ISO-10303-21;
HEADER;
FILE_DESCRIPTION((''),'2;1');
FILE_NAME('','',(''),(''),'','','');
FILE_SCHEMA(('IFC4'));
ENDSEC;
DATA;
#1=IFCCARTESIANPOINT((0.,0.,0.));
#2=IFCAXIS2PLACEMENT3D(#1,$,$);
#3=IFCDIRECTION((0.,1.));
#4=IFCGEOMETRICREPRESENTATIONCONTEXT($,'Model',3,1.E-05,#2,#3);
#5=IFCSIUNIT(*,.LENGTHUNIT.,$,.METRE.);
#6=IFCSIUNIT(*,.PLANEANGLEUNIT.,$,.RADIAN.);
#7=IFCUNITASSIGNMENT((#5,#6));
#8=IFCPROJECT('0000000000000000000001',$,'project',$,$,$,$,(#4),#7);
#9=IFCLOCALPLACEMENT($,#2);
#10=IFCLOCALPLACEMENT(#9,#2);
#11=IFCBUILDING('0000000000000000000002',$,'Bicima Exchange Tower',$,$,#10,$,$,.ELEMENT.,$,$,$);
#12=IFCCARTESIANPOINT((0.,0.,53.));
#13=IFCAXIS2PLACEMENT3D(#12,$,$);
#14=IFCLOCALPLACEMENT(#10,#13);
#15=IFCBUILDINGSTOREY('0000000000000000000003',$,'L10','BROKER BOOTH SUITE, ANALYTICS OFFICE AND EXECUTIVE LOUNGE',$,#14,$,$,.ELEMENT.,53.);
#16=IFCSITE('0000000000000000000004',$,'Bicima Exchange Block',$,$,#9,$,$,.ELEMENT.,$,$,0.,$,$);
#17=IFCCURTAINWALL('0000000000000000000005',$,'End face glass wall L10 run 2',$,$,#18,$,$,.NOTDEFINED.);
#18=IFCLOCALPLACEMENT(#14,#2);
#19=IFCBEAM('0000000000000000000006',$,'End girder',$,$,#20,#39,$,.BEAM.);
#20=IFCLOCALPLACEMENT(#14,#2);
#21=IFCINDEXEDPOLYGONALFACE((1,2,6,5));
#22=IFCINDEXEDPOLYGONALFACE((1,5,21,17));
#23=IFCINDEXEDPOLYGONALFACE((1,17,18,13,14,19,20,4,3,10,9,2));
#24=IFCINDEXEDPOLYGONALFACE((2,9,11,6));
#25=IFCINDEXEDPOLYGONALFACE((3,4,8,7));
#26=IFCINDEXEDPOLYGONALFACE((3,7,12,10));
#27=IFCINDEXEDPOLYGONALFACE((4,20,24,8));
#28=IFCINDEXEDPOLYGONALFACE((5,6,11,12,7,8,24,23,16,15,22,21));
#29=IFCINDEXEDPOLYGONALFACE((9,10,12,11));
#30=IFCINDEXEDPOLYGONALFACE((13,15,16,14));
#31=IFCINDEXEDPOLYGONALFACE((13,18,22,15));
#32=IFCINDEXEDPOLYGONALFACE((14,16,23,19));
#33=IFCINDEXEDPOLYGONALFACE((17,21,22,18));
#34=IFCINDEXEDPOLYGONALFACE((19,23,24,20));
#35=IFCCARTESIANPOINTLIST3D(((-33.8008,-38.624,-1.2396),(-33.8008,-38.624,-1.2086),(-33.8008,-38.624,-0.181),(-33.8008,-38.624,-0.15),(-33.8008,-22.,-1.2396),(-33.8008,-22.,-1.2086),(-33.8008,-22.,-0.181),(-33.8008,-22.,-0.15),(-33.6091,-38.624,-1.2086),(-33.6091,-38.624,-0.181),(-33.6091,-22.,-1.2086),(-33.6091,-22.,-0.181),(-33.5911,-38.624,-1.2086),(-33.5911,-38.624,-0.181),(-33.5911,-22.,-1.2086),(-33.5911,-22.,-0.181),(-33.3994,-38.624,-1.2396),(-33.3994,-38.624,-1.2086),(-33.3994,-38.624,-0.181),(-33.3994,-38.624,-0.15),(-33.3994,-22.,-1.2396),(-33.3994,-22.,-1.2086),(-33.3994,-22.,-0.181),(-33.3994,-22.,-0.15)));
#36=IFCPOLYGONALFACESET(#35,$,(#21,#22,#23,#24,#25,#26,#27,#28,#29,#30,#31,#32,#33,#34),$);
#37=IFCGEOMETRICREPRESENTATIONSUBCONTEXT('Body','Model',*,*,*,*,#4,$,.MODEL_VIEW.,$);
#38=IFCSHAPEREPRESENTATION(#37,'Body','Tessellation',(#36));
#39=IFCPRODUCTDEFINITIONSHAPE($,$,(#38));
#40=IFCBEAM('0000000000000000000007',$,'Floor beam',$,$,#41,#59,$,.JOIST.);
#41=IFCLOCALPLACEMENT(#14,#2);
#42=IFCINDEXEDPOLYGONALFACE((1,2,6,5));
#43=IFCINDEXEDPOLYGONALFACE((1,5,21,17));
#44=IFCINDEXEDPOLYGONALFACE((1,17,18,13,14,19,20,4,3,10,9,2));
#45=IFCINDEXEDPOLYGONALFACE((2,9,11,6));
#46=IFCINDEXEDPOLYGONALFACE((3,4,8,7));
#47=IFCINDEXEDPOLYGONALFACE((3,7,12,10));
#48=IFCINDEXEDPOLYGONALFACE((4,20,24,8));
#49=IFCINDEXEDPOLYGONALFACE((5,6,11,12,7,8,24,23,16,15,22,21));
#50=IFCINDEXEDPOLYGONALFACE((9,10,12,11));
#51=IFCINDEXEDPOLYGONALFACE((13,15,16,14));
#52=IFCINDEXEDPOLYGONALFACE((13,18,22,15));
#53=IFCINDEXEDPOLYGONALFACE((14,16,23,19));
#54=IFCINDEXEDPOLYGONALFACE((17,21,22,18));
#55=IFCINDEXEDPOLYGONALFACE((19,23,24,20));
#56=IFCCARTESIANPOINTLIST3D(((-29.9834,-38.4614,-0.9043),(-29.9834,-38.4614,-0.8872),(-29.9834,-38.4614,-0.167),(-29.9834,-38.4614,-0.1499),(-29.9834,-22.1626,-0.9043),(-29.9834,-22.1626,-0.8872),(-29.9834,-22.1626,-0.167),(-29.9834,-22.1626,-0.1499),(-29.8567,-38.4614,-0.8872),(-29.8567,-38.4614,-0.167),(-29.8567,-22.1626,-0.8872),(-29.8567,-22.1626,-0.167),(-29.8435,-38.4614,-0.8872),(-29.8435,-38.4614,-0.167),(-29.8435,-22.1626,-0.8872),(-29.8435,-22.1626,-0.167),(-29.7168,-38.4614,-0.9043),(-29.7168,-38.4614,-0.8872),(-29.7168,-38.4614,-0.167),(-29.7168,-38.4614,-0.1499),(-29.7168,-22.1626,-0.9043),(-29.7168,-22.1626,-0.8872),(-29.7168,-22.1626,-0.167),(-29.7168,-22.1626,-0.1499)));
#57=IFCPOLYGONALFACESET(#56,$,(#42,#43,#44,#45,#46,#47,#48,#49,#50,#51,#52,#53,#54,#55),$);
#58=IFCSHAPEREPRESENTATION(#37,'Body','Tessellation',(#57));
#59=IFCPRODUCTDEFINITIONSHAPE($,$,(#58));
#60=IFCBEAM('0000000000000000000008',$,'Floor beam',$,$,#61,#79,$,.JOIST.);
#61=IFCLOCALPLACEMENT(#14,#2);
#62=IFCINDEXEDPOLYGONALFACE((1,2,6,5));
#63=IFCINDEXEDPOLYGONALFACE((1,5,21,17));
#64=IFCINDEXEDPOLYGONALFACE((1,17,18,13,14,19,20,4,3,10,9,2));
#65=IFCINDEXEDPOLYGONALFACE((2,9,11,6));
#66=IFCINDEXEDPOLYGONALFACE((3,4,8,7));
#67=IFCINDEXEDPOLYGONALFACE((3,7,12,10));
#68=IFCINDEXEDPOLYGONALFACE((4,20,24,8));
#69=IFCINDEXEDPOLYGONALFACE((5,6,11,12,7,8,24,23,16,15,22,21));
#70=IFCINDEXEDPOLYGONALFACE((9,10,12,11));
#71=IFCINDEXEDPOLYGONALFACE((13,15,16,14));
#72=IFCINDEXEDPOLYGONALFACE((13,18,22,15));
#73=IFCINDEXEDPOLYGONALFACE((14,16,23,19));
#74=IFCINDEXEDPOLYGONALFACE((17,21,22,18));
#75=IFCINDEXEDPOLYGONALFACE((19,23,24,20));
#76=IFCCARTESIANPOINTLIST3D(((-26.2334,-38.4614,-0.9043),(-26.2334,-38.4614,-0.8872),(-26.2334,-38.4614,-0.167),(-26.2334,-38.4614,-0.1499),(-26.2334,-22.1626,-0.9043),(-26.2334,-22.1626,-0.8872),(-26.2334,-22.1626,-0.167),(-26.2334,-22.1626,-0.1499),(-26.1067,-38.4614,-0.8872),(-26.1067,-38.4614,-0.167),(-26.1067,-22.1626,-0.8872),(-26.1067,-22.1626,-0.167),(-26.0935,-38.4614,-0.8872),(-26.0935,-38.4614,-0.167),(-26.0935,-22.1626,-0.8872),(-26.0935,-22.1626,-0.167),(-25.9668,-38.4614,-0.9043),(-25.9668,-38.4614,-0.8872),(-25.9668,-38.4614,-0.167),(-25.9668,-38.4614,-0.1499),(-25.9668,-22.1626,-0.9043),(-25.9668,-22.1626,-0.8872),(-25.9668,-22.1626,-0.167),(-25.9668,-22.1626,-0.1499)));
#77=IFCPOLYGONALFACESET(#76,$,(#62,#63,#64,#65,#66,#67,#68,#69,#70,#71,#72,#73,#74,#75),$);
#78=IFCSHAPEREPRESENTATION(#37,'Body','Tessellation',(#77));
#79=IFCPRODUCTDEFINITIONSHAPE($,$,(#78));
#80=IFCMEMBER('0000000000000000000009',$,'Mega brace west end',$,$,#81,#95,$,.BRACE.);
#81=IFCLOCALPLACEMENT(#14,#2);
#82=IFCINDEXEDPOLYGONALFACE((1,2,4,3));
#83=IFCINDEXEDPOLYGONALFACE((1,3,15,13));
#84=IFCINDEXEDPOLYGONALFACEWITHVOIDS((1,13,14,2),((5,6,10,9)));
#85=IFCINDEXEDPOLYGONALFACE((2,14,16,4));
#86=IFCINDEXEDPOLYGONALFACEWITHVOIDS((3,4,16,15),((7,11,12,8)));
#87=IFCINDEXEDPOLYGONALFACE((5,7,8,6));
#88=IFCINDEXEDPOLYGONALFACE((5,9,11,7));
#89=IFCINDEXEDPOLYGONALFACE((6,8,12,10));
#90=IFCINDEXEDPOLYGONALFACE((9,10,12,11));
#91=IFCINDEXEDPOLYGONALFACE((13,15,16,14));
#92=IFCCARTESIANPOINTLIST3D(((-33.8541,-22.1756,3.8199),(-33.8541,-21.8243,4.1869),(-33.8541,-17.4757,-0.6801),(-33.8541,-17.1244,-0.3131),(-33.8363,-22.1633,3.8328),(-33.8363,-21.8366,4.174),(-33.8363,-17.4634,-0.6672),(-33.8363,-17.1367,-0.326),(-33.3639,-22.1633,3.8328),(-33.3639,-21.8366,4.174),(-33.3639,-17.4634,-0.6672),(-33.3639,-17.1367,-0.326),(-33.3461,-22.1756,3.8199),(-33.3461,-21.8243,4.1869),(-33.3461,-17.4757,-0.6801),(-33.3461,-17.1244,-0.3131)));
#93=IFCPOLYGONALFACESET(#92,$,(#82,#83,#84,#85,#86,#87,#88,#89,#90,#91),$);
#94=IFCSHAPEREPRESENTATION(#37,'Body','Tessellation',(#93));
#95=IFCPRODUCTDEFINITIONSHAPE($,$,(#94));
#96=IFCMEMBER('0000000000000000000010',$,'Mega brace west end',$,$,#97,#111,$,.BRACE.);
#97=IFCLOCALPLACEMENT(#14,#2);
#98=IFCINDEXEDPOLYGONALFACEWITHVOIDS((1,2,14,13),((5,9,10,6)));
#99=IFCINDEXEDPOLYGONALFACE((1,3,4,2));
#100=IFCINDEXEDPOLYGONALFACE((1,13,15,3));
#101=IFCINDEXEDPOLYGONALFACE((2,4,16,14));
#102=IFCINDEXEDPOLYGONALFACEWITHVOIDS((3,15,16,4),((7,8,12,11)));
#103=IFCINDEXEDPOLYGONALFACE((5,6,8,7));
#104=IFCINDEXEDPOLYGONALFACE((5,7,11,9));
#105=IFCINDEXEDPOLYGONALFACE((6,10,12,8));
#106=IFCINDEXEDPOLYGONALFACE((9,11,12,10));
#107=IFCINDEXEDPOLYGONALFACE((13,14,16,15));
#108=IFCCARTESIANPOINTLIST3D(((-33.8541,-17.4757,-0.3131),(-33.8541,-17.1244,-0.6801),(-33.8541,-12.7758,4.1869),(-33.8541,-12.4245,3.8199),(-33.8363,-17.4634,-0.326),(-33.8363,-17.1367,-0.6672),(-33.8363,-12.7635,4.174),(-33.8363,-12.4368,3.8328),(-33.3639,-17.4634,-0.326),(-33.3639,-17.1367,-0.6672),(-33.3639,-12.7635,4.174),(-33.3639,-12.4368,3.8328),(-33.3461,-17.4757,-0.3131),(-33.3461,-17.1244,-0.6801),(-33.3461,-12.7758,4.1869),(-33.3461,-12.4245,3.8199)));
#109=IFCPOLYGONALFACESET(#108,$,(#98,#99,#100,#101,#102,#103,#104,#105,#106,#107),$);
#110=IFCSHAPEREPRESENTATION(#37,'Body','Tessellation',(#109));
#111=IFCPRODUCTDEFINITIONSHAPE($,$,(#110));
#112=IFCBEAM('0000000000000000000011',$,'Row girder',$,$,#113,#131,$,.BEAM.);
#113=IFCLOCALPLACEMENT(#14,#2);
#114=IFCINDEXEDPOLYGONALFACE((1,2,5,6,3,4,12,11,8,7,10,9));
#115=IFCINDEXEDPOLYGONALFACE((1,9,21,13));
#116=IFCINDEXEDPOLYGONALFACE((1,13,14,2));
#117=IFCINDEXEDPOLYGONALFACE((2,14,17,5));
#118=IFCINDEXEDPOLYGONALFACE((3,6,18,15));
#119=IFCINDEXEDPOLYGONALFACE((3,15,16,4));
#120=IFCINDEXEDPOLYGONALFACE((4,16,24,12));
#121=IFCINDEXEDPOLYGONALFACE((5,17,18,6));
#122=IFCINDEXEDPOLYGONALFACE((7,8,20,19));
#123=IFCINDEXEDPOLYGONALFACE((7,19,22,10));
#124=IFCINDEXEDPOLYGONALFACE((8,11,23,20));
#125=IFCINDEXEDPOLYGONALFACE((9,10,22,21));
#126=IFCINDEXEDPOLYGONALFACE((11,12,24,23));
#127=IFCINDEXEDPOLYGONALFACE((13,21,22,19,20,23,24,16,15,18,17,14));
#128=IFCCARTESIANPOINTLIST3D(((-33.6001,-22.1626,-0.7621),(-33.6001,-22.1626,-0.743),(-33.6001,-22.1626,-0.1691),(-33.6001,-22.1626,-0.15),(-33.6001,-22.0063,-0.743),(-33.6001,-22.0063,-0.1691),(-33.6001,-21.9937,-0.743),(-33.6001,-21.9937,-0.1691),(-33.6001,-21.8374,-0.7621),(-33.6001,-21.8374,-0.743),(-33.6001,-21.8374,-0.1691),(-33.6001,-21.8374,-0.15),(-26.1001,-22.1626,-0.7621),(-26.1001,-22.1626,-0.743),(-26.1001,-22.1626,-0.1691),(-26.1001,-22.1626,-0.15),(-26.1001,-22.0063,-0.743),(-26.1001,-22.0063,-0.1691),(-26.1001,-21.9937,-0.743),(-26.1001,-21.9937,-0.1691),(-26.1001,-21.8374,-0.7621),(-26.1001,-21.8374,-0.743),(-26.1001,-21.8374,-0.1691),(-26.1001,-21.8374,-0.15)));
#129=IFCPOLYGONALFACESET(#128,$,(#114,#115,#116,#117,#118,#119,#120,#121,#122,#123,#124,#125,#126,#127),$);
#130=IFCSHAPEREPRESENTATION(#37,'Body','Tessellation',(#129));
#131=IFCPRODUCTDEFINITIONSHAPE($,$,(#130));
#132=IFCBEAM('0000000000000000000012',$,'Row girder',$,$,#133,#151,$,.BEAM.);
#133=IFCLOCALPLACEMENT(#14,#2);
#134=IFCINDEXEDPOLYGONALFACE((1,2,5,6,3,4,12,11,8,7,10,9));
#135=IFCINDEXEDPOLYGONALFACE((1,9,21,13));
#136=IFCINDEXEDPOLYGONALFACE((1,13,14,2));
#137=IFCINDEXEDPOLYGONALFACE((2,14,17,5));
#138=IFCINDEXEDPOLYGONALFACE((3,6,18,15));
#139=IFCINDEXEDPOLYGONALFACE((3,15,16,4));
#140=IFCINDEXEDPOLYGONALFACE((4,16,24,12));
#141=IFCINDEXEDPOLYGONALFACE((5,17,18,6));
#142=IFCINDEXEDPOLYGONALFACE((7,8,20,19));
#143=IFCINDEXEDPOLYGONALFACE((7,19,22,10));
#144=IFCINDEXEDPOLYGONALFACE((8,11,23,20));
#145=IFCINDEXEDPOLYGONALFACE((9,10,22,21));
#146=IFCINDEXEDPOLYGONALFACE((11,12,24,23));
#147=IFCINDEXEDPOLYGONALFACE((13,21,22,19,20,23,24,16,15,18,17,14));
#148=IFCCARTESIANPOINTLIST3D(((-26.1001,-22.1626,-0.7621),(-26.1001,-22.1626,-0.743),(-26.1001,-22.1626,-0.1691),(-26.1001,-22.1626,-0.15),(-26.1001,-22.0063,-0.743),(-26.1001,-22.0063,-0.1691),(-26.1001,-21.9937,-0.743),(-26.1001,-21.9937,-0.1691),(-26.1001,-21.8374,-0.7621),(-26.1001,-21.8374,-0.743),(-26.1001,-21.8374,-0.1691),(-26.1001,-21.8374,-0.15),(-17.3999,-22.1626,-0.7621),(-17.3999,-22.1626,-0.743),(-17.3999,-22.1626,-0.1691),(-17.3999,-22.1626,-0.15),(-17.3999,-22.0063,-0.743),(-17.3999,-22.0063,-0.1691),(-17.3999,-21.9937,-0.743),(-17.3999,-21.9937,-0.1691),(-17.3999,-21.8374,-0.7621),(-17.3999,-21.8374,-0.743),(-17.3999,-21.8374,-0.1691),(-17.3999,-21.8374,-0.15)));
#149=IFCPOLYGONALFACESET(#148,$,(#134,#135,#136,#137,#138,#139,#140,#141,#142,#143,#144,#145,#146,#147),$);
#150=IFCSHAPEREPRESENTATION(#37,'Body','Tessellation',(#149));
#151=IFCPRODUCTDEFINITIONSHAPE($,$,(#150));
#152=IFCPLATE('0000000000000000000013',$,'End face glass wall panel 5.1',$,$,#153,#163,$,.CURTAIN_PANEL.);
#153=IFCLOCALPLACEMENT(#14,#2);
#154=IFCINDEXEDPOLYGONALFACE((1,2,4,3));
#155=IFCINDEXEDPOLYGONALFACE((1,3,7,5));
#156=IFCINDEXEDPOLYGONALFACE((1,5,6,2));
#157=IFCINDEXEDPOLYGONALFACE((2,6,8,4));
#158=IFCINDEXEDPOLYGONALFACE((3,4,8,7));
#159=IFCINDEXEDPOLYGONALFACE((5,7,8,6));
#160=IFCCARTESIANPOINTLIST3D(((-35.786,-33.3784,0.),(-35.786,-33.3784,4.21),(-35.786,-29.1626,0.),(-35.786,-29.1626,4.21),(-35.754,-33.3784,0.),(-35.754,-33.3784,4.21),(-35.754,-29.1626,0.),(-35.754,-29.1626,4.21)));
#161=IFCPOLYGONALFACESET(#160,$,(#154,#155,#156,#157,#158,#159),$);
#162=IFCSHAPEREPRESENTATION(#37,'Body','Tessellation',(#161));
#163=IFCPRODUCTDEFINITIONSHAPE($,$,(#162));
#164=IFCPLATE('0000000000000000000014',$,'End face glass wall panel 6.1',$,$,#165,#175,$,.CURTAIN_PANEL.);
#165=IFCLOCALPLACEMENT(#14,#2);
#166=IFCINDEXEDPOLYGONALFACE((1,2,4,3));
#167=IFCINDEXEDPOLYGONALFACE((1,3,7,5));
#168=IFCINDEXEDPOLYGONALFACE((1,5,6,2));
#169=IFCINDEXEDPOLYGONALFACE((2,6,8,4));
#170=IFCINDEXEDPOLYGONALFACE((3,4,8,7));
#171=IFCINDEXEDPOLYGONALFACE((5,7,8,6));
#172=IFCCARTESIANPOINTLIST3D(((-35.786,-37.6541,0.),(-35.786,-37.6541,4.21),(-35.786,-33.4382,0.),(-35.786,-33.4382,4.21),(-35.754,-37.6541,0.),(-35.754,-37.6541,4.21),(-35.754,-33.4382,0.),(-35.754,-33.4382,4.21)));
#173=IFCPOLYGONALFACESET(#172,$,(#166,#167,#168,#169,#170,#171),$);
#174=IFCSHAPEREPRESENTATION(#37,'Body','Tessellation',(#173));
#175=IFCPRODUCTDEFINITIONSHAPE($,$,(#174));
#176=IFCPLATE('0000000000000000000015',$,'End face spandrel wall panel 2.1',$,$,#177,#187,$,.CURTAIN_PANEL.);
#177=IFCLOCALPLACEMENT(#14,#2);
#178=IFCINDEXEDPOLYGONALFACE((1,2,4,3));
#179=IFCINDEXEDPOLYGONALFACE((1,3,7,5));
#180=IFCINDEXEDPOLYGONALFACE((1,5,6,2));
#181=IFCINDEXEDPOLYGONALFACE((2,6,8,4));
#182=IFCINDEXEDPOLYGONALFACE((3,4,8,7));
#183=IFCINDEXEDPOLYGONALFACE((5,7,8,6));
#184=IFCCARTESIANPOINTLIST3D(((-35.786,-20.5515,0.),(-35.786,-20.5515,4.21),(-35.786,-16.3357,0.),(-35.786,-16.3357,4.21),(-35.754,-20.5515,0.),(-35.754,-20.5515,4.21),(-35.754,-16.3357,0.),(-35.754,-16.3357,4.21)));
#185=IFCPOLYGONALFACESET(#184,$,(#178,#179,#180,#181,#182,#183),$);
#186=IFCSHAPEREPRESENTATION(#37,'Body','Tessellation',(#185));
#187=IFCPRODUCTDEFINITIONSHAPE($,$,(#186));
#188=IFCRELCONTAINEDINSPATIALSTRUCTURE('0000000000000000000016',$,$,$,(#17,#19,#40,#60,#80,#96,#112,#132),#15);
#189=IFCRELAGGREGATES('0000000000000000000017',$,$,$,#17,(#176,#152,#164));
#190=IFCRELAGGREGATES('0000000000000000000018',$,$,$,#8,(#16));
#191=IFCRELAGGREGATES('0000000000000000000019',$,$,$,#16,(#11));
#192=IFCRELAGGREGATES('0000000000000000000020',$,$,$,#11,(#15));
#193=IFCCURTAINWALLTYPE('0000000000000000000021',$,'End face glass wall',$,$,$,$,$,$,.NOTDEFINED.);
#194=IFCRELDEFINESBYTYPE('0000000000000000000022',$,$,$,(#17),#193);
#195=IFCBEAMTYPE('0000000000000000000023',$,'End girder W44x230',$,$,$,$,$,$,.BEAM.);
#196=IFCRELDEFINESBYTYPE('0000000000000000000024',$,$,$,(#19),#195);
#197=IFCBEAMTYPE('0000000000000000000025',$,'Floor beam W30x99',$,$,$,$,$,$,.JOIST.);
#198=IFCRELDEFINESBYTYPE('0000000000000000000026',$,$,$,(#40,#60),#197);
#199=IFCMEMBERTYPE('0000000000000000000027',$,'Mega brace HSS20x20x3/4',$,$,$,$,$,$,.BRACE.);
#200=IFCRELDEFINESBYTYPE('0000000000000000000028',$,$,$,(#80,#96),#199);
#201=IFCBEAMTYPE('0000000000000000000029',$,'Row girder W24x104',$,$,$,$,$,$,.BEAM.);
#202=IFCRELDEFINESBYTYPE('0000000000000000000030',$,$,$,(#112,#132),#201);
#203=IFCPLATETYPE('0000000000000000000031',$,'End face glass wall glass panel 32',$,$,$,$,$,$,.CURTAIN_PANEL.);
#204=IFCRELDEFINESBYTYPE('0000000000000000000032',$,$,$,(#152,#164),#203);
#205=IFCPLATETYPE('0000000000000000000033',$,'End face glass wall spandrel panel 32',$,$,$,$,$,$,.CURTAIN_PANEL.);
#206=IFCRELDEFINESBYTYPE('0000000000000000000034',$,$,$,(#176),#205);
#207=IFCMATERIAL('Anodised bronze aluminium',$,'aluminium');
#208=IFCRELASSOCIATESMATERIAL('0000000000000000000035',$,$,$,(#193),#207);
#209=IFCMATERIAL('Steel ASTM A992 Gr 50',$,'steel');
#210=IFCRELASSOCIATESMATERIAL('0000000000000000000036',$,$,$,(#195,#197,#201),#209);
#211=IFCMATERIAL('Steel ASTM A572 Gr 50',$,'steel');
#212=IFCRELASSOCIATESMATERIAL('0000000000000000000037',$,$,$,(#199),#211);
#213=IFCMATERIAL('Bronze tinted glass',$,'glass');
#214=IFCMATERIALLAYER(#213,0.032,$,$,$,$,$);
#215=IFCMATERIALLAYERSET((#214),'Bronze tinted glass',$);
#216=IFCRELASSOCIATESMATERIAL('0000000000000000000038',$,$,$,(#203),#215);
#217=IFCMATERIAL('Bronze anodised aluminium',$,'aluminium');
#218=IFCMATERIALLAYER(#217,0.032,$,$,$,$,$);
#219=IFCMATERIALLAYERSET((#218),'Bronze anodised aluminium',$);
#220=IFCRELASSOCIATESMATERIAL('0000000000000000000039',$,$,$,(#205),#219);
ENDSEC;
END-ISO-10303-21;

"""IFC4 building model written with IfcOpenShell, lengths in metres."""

from ifc_helpers import new_model, si_unit, direction, frame, origin, origin_2d, place, context, subcontext, project, spatial, rectangle, hollow_rectangle, i_section, extrude, material, layer, layer_set, material_profile, profile_set, type_object, element, aggregate, save


model = new_model("IFC4")

# Units and contexts
model_context = context("Model", 3, precision=1e-05, world=origin(), true_north=direction((0.0, 1.0)))
body_context = subcontext(model_context, "Body", "Model", "MODEL_VIEW")
ifc_project = project(units=[si_unit("LENGTHUNIT", "METRE"), si_unit("PLANEANGLEUNIT", "RADIAN")], contexts=[model_context])

# Site, building, storey
site_placement = place(None, origin())
site = spatial("IfcSite", under=ifc_project, at=site_placement, Name="Bicima Exchange Block", CompositionType="ELEMENT", RefElevation=0.0)
building_placement = place(site_placement, origin())
building = spatial("IfcBuilding", under=site, at=building_placement, Name="Bicima Exchange Tower", CompositionType="ELEMENT")
storey_placement = place(building_placement, frame((0.0, 0.0, 53.0)))
storey = spatial("IfcBuildingStorey", under=building, at=storey_placement, Name="L10", Description="BROKER BOOTH SUITE, ANALYTICS OFFICE AND EXECUTIVE LOUNGE", CompositionType="ELEMENT", Elevation=53.0)

# Shared definitions
ifc_material_1 = material(Name="Steel ASTM A992 Gr 50", Category="steel")

# Curtain wall
ifc_material_2 = material(Name="Anodised bronze aluminium", Category="aluminium")
curtain_wall_type = type_object("IfcCurtainWallType", Name="End face glass wall", PredefinedType="NOTDEFINED", material=ifc_material_2)
curtain_wall_placement = place(storey_placement, origin())
curtain_wall = element("IfcCurtainWall", 1, at=curtain_wall_placement, inside=storey, type_object=curtain_wall_type, Name="End face glass wall L10 run 2", PredefinedType="NOTDEFINED")

# Beams
ifc_material_profile_1 = material_profile(ifc_material_1, i_section(OverallWidth=0.4014, OverallDepth=1.0896, WebThickness=0.0181, FlangeThickness=0.031, at=origin_2d()))
ifc_profile_set_1 = profile_set([ifc_material_profile_1], Name="Steel ASTM A992 Gr 50")
beam_type_1 = type_object("IfcBeamType", Name="End girder W44x230", PredefinedType="BEAM", material=ifc_profile_set_1)
beam_1_placement = place(storey_placement, frame((-33.6001, -22.0, -0.6948), z_axis=(0.0, -1.0, 0.0), x_axis=(1.0, 0.0, 0.0)))
element("IfcBeam", 2, at=beam_1_placement, inside=storey, type_object=beam_type_1, Name="End girder", PredefinedType="BEAM", context=body_context, shape_type="SweptSolid", body=[
    extrude(i_section(OverallWidth=0.4014, OverallDepth=1.0896, WebThickness=0.0181, FlangeThickness=0.031, at=origin_2d()), origin(), (0.0, 0.0, 1.0), 16.624),
])
ifc_material_profile_2 = material_profile(ifc_material_1, i_section(OverallWidth=0.2666, OverallDepth=0.7544, WebThickness=0.0132, FlangeThickness=0.0171, at=origin_2d()))
ifc_profile_set_2 = profile_set([ifc_material_profile_2], Name="Steel ASTM A992 Gr 50")
beam_type_2 = type_object("IfcBeamType", Name="Floor beam W30x99", PredefinedType="JOIST", material=ifc_profile_set_2)
for number, where, z_axis, x_axis, name in (
    (3, (-29.8501, -22.1626, -0.5271), (0.0, -1.0, 0.0), (1.0, 0.0, 0.0), "Floor beam"),
    (4, (-26.1001, -22.1626, -0.5271), (0.0, -1.0, 0.0), (1.0, 0.0, 0.0), "Floor beam"),
):
    element("IfcBeam", number, at=place(storey_placement, frame(where, z_axis=z_axis, x_axis=x_axis)), inside=storey, type_object=beam_type_2, Name=name, PredefinedType="JOIST", context=body_context, shape_type="SweptSolid", body=[
        extrude(i_section(OverallWidth=0.2666, OverallDepth=0.7544, WebThickness=0.0132, FlangeThickness=0.0171, at=origin_2d()), origin(), (0.0, 0.0, 1.0), 16.2988),
    ])

# Members
ifc_material_3 = material(Name="Steel ASTM A572 Gr 50", Category="steel")
ifc_material_profile_3 = material_profile(ifc_material_3, hollow_rectangle(XDim=0.5081, YDim=0.5081, WallThickness=0.0178, at=origin_2d()))
ifc_profile_set_3 = profile_set([ifc_material_profile_3], Name="Steel ASTM A572 Gr 50")
member_type_1 = type_object("IfcMemberType", Name="Mega brace HSS20x20x3/4", PredefinedType="BRACE", material=ifc_profile_set_3)
for number, where, z_axis, x_axis, name in (
    (5, (-33.6001, -17.3, -0.4966), (0.0, -0.722304, 0.691575), (1.0, 0.0, 0.0), "Mega brace west end"),
    (6, (-33.6001, -17.3, -0.4966), (0.0, 0.722304, 0.691575), (-1.0, 0.0, 0.0), "Mega brace west end"),
):
    element("IfcMember", number, at=place(storey_placement, frame(where, z_axis=z_axis, x_axis=x_axis)), inside=storey, type_object=member_type_1, Name=name, PredefinedType="BRACE", context=body_context, shape_type="SweptSolid", body=[
        extrude(hollow_rectangle(XDim=0.5081, YDim=0.5081, WallThickness=0.0178, at=origin_2d()), origin(), (0.0, 0.0, 1.0), 6.5068),
    ])

# Beams
ifc_material_profile_4 = material_profile(ifc_material_1, i_section(OverallWidth=0.3252, OverallDepth=0.6121, WebThickness=0.0127, FlangeThickness=0.019, at=origin_2d()))
ifc_profile_set_4 = profile_set([ifc_material_profile_4], Name="Steel ASTM A992 Gr 50")
beam_type_3 = type_object("IfcBeamType", Name="Row girder W24x104", PredefinedType="BEAM", material=ifc_profile_set_4)
beam_2_placement = place(storey_placement, frame((-33.6001, -22.0, -0.4561), z_axis=(1.0, 0.0, 0.0), x_axis=(0.0, 1.0, 0.0)))
element("IfcBeam", 7, at=beam_2_placement, inside=storey, type_object=beam_type_3, Name="Row girder", PredefinedType="BEAM", context=body_context, shape_type="SweptSolid", body=[
    extrude(i_section(OverallWidth=0.3252, OverallDepth=0.6121, WebThickness=0.0127, FlangeThickness=0.019, at=origin_2d()), origin(), (0.0, 0.0, 1.0), 7.5),
])
beam_3_placement = place(storey_placement, frame((-26.1001, -22.0, -0.4561), z_axis=(1.0, 0.0, 0.0), x_axis=(0.0, 1.0, 0.0)))
element("IfcBeam", 8, at=beam_3_placement, inside=storey, type_object=beam_type_3, Name="Row girder", PredefinedType="BEAM", context=body_context, shape_type="SweptSolid", body=[
    extrude(i_section(OverallWidth=0.3252, OverallDepth=0.6121, WebThickness=0.0127, FlangeThickness=0.019, at=origin_2d()), origin(), (0.0, 0.0, 1.0), 8.7002),
])

# Plates
ifc_material_4 = material(Name="Bronze tinted glass", Category="glass")
ifc_layer_1 = layer(ifc_material_4, 0.032)
ifc_layer_set_1 = layer_set([ifc_layer_1], Name="Bronze tinted glass")
plate_type_1 = type_object("IfcPlateType", Name="End face glass wall glass panel 32", PredefinedType="CURTAIN_PANEL", material=ifc_layer_set_1)
plate_1_placement = place(storey_placement, frame((-35.77, -31.2705, 0.0), z_axis=(0.0, 0.0, 1.0), x_axis=(0.0, -1.0, 0.0)))
plate_1 = element("IfcPlate", 9, at=plate_1_placement, type_object=plate_type_1, Name="End face glass wall panel 5.1", PredefinedType="CURTAIN_PANEL", context=body_context, shape_type="SweptSolid", body=[
    extrude(rectangle(XDim=4.2158, YDim=0.032, at=origin_2d()), origin(), (0.0, 0.0, 1.0), 4.21),
])
plate_2_placement = place(storey_placement, frame((-35.77, -35.5461, 0.0), z_axis=(0.0, 0.0, 1.0), x_axis=(0.0, -1.0, 0.0)))
plate_2 = element("IfcPlate", 10, at=plate_2_placement, type_object=plate_type_1, Name="End face glass wall panel 6.1", PredefinedType="CURTAIN_PANEL", context=body_context, shape_type="SweptSolid", body=[
    extrude(rectangle(XDim=4.2158, YDim=0.032, at=origin_2d()), origin(), (0.0, 0.0, 1.0), 4.21),
])
ifc_material_5 = material(Name="Bronze anodised aluminium", Category="aluminium")
ifc_layer_2 = layer(ifc_material_5, 0.032)
ifc_layer_set_2 = layer_set([ifc_layer_2], Name="Bronze anodised aluminium")
plate_type_2 = type_object("IfcPlateType", Name="End face glass wall spandrel panel 32", PredefinedType="CURTAIN_PANEL", material=ifc_layer_set_2)
plate_3_placement = place(storey_placement, frame((-35.77, -18.4436, 0.0), z_axis=(0.0, 0.0, 1.0), x_axis=(0.0, -1.0, 0.0)))
plate_3 = element("IfcPlate", 11, at=plate_3_placement, type_object=plate_type_2, Name="End face spandrel wall panel 2.1", PredefinedType="CURTAIN_PANEL", context=body_context, shape_type="SweptSolid", body=[
    extrude(rectangle(XDim=4.2158, YDim=0.032, at=origin_2d()), origin(), (0.0, 0.0, 1.0), 4.21),
])
aggregate(curtain_wall, [plate_3, plate_1, plate_2])

save(model, "model.ifc")
